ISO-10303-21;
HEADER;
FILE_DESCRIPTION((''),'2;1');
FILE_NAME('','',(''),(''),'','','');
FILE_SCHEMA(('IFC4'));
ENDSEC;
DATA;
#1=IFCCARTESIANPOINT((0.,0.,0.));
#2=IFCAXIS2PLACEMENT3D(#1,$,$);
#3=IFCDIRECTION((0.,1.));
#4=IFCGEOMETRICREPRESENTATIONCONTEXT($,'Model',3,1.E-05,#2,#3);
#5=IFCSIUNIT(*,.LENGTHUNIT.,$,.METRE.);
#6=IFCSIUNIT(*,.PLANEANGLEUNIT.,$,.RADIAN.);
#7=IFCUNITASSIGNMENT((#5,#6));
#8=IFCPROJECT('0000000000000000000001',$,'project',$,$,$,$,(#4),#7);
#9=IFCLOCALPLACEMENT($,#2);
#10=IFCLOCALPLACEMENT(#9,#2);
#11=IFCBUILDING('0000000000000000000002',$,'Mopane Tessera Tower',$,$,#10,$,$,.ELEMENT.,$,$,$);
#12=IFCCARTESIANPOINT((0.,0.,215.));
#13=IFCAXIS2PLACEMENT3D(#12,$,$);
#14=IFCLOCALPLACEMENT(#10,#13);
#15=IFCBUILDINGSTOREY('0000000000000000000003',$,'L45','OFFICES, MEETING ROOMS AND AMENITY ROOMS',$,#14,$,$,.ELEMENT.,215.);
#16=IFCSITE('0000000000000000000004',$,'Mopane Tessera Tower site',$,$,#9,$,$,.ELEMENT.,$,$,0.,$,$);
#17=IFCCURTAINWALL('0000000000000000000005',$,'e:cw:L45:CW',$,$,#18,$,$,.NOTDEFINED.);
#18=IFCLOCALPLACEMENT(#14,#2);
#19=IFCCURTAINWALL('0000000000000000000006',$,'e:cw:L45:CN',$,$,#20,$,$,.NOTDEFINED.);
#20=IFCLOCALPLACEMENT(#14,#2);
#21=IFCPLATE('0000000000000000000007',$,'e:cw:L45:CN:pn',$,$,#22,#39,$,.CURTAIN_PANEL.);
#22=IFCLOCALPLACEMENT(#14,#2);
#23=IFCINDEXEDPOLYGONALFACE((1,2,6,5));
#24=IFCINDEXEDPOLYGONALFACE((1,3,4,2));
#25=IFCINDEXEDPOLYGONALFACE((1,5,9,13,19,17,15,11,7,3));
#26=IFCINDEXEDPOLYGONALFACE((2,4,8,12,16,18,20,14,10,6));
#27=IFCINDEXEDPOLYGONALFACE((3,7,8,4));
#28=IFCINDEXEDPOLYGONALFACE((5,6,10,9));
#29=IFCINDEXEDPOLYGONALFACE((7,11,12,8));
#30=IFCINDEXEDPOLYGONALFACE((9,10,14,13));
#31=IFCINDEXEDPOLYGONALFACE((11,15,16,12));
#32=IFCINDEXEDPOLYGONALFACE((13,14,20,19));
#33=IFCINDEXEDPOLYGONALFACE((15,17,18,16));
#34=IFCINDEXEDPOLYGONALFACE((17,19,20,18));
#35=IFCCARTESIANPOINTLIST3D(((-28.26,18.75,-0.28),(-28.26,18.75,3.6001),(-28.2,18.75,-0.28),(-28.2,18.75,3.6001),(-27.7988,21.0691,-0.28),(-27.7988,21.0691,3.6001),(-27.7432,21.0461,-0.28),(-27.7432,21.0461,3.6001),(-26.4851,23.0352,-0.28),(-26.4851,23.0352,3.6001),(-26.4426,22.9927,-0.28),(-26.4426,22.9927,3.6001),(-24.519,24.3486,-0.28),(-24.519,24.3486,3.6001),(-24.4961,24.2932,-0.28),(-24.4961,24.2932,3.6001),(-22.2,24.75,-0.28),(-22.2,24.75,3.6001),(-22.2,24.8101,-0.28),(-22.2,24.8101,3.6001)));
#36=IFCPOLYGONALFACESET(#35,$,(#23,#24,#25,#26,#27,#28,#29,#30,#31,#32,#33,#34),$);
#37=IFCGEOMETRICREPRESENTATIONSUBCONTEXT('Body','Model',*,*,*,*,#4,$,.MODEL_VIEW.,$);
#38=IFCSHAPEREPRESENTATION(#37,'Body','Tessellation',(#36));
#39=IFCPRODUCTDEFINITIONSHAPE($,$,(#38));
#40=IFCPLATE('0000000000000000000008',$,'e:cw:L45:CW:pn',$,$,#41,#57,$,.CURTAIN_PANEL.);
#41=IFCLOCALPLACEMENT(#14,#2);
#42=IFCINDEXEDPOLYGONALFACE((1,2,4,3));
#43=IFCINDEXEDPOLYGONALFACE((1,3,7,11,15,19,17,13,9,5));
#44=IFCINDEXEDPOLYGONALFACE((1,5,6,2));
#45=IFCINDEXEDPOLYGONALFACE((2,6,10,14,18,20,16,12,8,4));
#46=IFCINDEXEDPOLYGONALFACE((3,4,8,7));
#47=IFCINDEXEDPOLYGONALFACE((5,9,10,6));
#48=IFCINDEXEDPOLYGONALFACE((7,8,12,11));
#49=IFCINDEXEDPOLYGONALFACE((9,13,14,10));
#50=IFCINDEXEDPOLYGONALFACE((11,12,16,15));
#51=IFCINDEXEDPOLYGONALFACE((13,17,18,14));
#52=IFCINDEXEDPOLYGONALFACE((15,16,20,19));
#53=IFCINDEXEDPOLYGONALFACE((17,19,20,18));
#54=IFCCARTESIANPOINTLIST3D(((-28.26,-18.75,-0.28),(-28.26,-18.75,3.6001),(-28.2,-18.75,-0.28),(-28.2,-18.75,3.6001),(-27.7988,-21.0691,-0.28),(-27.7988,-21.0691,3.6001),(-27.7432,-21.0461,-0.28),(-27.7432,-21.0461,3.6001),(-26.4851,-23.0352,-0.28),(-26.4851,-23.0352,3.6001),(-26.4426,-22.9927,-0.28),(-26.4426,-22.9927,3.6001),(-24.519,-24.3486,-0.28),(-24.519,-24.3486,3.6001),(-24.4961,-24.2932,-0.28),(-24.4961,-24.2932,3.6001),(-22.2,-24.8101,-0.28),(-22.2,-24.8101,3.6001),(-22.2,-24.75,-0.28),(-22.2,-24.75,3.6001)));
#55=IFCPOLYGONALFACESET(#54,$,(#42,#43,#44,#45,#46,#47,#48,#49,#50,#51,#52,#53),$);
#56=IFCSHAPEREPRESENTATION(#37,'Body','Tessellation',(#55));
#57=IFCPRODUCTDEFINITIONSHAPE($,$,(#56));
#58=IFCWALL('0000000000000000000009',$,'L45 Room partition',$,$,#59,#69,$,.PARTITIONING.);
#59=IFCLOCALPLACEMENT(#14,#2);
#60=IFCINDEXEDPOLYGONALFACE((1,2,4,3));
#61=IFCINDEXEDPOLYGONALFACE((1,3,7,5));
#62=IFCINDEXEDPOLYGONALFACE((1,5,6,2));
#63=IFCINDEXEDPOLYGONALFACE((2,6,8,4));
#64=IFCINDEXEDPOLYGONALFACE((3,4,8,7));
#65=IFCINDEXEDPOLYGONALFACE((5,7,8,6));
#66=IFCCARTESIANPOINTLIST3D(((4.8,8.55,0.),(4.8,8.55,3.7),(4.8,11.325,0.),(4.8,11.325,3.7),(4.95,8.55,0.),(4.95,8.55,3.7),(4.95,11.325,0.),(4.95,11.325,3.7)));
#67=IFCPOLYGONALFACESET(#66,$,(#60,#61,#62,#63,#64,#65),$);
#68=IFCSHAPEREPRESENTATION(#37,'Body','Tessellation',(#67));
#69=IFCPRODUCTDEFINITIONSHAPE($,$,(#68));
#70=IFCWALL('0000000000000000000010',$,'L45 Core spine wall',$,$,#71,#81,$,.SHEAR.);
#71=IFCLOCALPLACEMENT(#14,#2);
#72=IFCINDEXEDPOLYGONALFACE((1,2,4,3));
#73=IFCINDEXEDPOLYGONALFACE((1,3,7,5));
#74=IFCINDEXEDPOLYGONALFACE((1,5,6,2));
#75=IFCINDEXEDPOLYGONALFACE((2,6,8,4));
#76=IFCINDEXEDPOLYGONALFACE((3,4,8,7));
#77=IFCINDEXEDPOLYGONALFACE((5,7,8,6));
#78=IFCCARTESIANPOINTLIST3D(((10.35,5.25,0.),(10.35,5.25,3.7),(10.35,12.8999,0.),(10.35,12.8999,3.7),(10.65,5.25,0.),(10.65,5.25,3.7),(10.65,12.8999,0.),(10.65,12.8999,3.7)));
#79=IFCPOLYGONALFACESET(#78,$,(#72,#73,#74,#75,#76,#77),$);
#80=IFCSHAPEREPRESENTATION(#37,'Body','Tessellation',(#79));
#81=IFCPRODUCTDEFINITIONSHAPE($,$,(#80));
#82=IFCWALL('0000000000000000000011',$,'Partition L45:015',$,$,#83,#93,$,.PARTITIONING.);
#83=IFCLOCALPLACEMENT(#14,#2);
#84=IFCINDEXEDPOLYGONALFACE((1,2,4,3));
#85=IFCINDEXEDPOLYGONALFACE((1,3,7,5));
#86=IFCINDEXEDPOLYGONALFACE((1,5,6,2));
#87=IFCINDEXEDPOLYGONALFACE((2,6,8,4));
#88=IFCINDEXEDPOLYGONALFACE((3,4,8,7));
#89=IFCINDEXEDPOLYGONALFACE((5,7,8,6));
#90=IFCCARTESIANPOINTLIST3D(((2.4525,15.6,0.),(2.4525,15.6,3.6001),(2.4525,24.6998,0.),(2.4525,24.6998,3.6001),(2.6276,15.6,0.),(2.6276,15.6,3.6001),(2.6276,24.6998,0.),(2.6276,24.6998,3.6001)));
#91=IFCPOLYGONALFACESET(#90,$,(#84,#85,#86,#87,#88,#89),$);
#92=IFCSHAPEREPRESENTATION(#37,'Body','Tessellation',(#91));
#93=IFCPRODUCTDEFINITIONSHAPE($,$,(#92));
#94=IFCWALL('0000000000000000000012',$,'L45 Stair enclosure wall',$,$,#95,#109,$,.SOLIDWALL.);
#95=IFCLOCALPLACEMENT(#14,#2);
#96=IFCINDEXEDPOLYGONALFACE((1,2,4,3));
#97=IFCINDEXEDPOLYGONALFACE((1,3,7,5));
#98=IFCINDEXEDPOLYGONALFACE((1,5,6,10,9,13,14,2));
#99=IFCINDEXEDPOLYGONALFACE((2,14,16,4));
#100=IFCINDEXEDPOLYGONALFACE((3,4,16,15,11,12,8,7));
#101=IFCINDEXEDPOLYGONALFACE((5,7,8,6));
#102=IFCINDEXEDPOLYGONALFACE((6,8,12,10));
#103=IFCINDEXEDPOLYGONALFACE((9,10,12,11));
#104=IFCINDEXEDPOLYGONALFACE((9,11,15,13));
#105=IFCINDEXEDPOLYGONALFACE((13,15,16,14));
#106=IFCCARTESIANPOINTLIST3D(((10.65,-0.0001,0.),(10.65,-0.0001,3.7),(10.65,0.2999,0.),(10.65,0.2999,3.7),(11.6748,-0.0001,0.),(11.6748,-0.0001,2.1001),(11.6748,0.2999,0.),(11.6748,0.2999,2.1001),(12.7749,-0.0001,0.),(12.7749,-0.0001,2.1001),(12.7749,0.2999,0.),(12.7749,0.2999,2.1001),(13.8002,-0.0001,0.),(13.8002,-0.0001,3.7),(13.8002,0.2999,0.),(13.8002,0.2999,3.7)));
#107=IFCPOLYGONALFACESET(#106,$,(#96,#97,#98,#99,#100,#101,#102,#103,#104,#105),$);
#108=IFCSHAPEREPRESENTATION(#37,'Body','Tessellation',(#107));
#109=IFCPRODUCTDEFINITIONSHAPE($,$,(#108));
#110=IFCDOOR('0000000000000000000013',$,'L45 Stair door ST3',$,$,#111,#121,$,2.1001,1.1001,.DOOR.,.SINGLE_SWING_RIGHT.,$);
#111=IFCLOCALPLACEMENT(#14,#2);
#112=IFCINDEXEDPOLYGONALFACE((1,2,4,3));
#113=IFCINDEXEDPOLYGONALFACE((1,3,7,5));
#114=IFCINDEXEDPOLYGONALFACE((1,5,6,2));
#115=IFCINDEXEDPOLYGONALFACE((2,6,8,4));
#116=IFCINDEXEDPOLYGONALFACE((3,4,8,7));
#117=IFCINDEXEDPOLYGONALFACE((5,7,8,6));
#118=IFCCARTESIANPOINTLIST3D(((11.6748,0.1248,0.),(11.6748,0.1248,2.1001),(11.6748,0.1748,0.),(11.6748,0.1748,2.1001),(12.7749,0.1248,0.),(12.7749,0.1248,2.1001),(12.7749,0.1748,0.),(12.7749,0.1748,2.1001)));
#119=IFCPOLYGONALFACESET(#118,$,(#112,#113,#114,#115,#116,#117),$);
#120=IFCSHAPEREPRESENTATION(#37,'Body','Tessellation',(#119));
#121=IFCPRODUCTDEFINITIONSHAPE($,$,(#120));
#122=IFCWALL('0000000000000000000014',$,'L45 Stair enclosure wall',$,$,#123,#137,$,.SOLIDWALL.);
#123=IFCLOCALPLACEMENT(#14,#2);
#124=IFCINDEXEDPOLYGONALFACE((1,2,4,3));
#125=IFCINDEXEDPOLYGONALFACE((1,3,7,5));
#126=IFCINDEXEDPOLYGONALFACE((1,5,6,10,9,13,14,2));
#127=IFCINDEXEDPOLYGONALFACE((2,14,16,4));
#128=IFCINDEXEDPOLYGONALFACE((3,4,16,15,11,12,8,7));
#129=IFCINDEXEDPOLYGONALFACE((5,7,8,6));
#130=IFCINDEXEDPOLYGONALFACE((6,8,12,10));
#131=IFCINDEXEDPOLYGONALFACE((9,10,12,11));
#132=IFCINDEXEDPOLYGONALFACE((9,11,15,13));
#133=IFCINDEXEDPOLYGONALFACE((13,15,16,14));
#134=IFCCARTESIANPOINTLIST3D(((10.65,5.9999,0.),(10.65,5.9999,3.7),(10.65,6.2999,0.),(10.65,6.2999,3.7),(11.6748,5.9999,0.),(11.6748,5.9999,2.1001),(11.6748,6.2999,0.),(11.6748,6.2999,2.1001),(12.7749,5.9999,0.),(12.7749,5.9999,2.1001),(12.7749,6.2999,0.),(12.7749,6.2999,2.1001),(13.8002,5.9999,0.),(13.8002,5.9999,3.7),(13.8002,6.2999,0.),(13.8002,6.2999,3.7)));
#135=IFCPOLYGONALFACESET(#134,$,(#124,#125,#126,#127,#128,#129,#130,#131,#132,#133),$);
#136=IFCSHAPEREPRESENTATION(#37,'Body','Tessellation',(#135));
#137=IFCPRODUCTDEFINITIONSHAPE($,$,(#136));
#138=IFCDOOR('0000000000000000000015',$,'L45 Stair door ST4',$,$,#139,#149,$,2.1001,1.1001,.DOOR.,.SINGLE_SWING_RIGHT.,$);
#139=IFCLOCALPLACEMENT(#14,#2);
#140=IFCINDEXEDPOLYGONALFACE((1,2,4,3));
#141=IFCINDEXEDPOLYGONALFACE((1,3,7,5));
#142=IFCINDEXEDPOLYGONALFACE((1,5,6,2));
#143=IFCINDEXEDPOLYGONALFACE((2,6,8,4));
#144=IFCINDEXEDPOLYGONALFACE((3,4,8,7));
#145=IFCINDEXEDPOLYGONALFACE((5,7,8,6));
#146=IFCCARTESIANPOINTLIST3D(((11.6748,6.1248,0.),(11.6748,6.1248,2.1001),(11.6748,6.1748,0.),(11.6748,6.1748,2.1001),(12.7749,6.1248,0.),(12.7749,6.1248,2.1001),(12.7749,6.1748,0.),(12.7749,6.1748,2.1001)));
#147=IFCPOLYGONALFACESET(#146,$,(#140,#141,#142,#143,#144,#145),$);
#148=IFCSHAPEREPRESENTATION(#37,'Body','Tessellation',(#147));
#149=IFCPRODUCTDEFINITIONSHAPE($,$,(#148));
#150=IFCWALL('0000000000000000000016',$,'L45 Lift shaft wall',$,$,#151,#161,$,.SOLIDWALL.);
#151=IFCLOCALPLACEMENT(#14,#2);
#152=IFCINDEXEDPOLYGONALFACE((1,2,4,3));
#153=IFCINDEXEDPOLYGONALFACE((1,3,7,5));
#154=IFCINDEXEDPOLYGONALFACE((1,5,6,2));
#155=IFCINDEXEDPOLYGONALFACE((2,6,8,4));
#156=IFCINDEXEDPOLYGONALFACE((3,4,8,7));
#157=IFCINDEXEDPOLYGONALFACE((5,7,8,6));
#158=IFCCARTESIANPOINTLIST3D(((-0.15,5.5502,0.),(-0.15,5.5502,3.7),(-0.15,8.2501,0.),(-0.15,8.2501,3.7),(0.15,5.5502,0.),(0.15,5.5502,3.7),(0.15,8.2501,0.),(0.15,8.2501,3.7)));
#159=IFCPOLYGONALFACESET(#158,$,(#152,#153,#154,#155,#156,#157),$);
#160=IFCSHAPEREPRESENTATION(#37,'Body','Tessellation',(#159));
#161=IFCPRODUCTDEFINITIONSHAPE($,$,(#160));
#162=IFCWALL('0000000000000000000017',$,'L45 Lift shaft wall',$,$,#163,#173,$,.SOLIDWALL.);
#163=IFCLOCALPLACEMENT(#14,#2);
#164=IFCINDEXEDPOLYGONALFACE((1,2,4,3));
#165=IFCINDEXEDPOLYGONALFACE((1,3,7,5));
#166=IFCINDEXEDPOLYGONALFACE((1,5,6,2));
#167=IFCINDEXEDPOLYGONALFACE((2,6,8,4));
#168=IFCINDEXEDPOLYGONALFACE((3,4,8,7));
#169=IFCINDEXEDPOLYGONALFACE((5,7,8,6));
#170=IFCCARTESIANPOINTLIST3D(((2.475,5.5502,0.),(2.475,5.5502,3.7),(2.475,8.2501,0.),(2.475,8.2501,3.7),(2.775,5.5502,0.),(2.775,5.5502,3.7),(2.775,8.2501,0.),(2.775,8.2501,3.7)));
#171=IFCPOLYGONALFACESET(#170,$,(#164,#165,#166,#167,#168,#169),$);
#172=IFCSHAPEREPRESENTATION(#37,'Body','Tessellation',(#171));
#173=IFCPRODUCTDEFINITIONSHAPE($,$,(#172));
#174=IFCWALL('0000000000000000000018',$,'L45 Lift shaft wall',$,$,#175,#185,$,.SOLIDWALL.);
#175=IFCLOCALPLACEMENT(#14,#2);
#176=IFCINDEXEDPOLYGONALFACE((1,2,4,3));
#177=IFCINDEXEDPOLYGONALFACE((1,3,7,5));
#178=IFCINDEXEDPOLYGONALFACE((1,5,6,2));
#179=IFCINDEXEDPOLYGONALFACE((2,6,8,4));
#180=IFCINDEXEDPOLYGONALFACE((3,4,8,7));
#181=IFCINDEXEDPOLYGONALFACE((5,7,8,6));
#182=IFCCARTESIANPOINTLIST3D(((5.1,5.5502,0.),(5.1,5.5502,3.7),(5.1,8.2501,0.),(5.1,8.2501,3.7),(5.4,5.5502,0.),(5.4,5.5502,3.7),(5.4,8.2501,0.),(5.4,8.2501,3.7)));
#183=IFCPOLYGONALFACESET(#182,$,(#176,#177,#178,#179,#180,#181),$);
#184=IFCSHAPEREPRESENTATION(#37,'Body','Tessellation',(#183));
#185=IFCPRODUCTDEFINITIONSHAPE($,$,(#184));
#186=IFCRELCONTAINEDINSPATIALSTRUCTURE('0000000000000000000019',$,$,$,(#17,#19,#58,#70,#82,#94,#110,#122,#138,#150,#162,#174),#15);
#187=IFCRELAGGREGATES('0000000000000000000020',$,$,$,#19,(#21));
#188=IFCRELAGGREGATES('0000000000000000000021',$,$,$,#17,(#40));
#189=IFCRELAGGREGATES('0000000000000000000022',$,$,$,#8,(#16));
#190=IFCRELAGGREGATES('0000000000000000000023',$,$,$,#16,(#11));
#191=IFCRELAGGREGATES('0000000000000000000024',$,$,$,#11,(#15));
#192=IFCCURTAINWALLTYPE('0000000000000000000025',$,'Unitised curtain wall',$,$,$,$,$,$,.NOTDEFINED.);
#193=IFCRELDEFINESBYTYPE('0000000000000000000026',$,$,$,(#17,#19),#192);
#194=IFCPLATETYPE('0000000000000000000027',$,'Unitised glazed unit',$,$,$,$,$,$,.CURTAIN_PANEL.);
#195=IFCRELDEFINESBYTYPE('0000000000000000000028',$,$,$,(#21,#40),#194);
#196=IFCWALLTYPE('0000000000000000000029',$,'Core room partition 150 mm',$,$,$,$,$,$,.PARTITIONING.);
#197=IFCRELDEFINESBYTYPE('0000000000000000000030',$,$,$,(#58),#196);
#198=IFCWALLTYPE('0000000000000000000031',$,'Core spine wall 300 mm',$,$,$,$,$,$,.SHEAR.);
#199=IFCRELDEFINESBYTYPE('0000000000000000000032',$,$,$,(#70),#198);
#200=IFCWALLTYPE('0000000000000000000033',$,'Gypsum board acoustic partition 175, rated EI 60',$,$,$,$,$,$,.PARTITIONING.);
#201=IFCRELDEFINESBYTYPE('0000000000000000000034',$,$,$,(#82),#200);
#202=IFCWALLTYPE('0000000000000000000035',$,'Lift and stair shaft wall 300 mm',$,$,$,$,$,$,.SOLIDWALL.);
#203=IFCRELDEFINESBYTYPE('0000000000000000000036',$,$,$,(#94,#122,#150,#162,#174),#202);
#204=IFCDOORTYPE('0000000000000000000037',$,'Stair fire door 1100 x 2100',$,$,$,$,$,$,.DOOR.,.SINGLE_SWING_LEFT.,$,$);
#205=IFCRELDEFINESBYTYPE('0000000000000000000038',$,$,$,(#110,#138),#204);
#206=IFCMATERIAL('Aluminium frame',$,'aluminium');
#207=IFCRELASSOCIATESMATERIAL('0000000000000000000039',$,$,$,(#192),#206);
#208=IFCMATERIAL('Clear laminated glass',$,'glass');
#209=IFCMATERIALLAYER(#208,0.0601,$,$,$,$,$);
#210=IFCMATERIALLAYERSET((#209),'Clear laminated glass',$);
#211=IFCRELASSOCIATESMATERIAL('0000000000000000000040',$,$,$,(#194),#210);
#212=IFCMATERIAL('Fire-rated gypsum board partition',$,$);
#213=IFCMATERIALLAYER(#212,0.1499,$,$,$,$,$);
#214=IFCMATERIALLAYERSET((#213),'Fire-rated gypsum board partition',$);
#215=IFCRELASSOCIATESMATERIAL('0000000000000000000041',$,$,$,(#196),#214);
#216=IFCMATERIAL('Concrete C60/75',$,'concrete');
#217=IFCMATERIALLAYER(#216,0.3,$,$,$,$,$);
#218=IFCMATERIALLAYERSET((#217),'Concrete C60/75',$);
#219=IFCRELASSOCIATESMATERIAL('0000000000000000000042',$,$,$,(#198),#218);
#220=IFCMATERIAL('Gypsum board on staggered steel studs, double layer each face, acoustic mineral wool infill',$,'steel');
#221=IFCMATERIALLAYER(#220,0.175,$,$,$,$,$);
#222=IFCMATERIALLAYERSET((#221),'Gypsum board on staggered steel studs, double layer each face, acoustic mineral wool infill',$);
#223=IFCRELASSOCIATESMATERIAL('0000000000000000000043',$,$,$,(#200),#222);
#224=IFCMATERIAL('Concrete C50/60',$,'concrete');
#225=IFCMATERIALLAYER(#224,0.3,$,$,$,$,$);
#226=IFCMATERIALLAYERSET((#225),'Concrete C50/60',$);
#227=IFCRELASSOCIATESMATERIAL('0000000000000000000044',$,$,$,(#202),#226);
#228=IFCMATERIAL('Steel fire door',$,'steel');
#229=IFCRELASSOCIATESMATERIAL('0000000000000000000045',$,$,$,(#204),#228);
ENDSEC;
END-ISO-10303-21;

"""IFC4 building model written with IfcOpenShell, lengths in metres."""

from ifc_helpers import new_model, si_unit, direction, frame, frame_2d, origin, place, context, subcontext, project, spatial, polyline, rectangle, outline, extrude, material, layer, layer_set, type_object, element, fill, aggregate, save


model = new_model("IFC4")

# Units and contexts
model_context = context("Model", 3, precision=1e-05, world=origin(), true_north=direction((0.0, 1.0)))
body_context = subcontext(model_context, "Body", "Model", "MODEL_VIEW")
ifc_project = project(units=[si_unit("LENGTHUNIT", "METRE"), si_unit("PLANEANGLEUNIT", "RADIAN")], contexts=[model_context])

# Site, building, storey
site_placement = place(None, origin())
site = spatial("IfcSite", under=ifc_project, at=site_placement, Name="Mopane Tessera Tower site", CompositionType="ELEMENT", RefElevation=0.0)
building_placement = place(site_placement, origin())
building = spatial("IfcBuilding", under=site, at=building_placement, Name="Mopane Tessera Tower", CompositionType="ELEMENT")
storey_placement = place(building_placement, frame((0.0, 0.0, 215.0)))
storey = spatial("IfcBuildingStorey", under=building, at=storey_placement, Name="L45", Description="OFFICES, MEETING ROOMS AND AMENITY ROOMS", CompositionType="ELEMENT", Elevation=215.0)

# Shared definitions
ifc_material_1 = material(Name="Aluminium frame", Category="aluminium")
curtain_wall_type = type_object("IfcCurtainWallType", Name="Unitised curtain wall", PredefinedType="NOTDEFINED", material=ifc_material_1)

# Curtain wall
curtain_wall_1_placement = place(storey_placement, origin())
curtain_wall_1 = element("IfcCurtainWall", 1, at=curtain_wall_1_placement, inside=storey, type_object=curtain_wall_type, Name="e:cw:L45:CW", PredefinedType="NOTDEFINED")

# Shared definitions
ifc_material_2 = material(Name="Clear laminated glass", Category="glass")
ifc_layer_1 = layer(ifc_material_2, 0.0601)
ifc_layer_set_1 = layer_set([ifc_layer_1], Name="Clear laminated glass")
plate_type = type_object("IfcPlateType", Name="Unitised glazed unit", PredefinedType="CURTAIN_PANEL", material=ifc_layer_set_1)

# Curtain wall, plate
curtain_wall_2_placement = place(storey_placement, origin())
curtain_wall_2 = element("IfcCurtainWall", 2, at=curtain_wall_2_placement, inside=storey, type_object=curtain_wall_type, Name="e:cw:L45:CN", PredefinedType="NOTDEFINED")
plate_1_placement = place(storey_placement, frame((0.0, 0.0, -0.28)))
plate_1 = element("IfcPlate", 3, at=plate_1_placement, type_object=plate_type, Name="e:cw:L45:CN:pn", PredefinedType="CURTAIN_PANEL", context=body_context, shape_type="SweptSolid", body=[
    extrude(outline(polyline([(-22.2, 24.75), (-24.4961, 24.2932), (-26.4426, 22.9927), (-27.7432, 21.0461), (-28.2, 18.75), (-28.26, 18.75), (-27.7988, 21.0691), (-26.4851, 23.0352), (-24.519, 24.3486), (-22.2, 24.8101), (-22.2, 24.75)])), origin(), (0.0, 0.0, 1.0), 3.8801),
])
aggregate(curtain_wall_2, [plate_1])

# Plate
plate_2_placement = place(storey_placement, frame((0.0, 0.0, -0.28)))
plate_2 = element("IfcPlate", 4, at=plate_2_placement, type_object=plate_type, Name="e:cw:L45:CW:pn", PredefinedType="CURTAIN_PANEL", context=body_context, shape_type="SweptSolid", body=[
    extrude(outline(polyline([(-28.2, -18.75), (-27.7432, -21.0461), (-26.4426, -22.9927), (-24.4961, -24.2932), (-22.2, -24.75), (-22.2, -24.8101), (-24.519, -24.3486), (-26.4851, -23.0352), (-27.7988, -21.0691), (-28.26, -18.75), (-28.2, -18.75)])), origin(), (0.0, 0.0, 1.0), 3.8801),
])
aggregate(curtain_wall_1, [plate_2])

# Walls
ifc_material_3 = material(Name="Fire-rated gypsum board partition")
ifc_layer_2 = layer(ifc_material_3, 0.1499)
ifc_layer_set_2 = layer_set([ifc_layer_2], Name="Fire-rated gypsum board partition")
wall_type_1 = type_object("IfcWallType", Name="Core room partition 150 mm", PredefinedType="PARTITIONING", material=ifc_layer_set_2)
wall_1_placement = place(storey_placement, frame((4.875, 8.55, 0.0), z_axis=(0.0, 0.0, 1.0), x_axis=(0.0, 1.0, 0.0)))
element("IfcWall", 5, at=wall_1_placement, inside=storey, type_object=wall_type_1, Name="L45 Room partition", PredefinedType="PARTITIONING", context=body_context, shape_type="SweptSolid", body=[
    extrude(rectangle(XDim=2.7749, YDim=0.1499, at=frame_2d((1.3875, 0.0))), origin(), (0.0, 0.0, 1.0), 3.7),
])
ifc_material_4 = material(Name="Concrete C60/75", Category="concrete")
ifc_layer_3 = layer(ifc_material_4, 0.3)
ifc_layer_set_3 = layer_set([ifc_layer_3], Name="Concrete C60/75")
wall_type_2 = type_object("IfcWallType", Name="Core spine wall 300 mm", PredefinedType="SHEAR", material=ifc_layer_set_3)
wall_2_placement = place(storey_placement, frame((10.5, 5.25, 0.0), z_axis=(0.0, 0.0, 1.0), x_axis=(0.0, 1.0, 0.0)))
element("IfcWall", 6, at=wall_2_placement, inside=storey, type_object=wall_type_2, Name="L45 Core spine wall", PredefinedType="SHEAR", context=body_context, shape_type="SweptSolid", body=[
    extrude(rectangle(XDim=7.6499, YDim=0.3, at=frame_2d((3.825, 0.0))), origin(), (0.0, 0.0, 1.0), 3.7),
])
ifc_material_5 = material(Name="Gypsum board on staggered steel studs, double layer each face, acoustic mineral wool infill", Category="steel")
ifc_layer_4 = layer(ifc_material_5, 0.175)
ifc_layer_set_4 = layer_set([ifc_layer_4], Name="Gypsum board on staggered steel studs, double layer each face, acoustic mineral wool infill")
wall_type_3 = type_object("IfcWallType", Name="Gypsum board acoustic partition 175, rated EI 60", PredefinedType="PARTITIONING", material=ifc_layer_set_4)
wall_3_placement = place(storey_placement, frame((2.54, 15.6001, 0.0), z_axis=(0.0, 0.0, 1.0), x_axis=(0.0, 1.0, 0.0)))
element("IfcWall", 7, at=wall_3_placement, inside=storey, type_object=wall_type_3, Name="Partition L45:015", PredefinedType="PARTITIONING", context=body_context, shape_type="SweptSolid", body=[
    extrude(rectangle(XDim=9.0999, YDim=0.175, at=frame_2d((4.5498, 0.0))), origin(), (0.0, 0.0, 1.0), 3.6001),
])

# Walls, openings, doors
ifc_material_6 = material(Name="Concrete C50/60", Category="concrete")
ifc_layer_5 = layer(ifc_material_6, 0.3)
ifc_layer_set_5 = layer_set([ifc_layer_5], Name="Concrete C50/60")
wall_type_4 = type_object("IfcWallType", Name="Lift and stair shaft wall 300 mm", PredefinedType="SOLIDWALL", material=ifc_layer_set_5)
wall_4_placement = place(storey_placement, frame((10.6499, 0.1499, 0.0), z_axis=(0.0, 0.0, 1.0), x_axis=(1.0, 0.0, 0.0)))
wall_4 = element("IfcWall", 8, at=wall_4_placement, inside=storey, type_object=wall_type_4, Name="L45 Stair enclosure wall", PredefinedType="SOLIDWALL", context=body_context, shape_type="SweptSolid", body=[
    extrude(rectangle(XDim=3.1501, YDim=0.3, at=frame_2d((1.5752, 0.0))), origin(), (0.0, 0.0, 1.0), 3.7),
])
opening_1_placement = place(wall_4_placement, frame((1.0249, 0.0, 0.0)))
opening_1 = element("IfcOpeningElement", 9, at=opening_1_placement, cuts=wall_4, PredefinedType="OPENING", context=body_context, shape_type="SweptSolid", body=[
    extrude(rectangle(XDim=1.1001, YDim=2.1001, at=frame_2d((0.55, 1.05))), frame((0.0, 0.1621, 0.0), z_axis=(0.0, -1.0, 0.0), x_axis=(1.0, 0.0, 0.0)), (0.0, 0.0, 1.0), 0.324),
])
ifc_material_7 = material(Name="Steel fire door", Category="steel")
door_type = type_object("IfcDoorType", Name="Stair fire door 1100 x 2100", OperationType="SINGLE_SWING_LEFT", PredefinedType="DOOR", material=ifc_material_7)
door_1_placement = place(opening_1_placement, origin())
door_1 = element("IfcDoor", 10, at=door_1_placement, inside=storey, type_object=door_type, Name="L45 Stair door ST3", OperationType="SINGLE_SWING_RIGHT", OverallHeight=2.1001, OverallWidth=1.1001, PredefinedType="DOOR", context=body_context, shape_type="SweptSolid", body=[
    extrude(rectangle(XDim=1.1001, YDim=2.1001, at=frame_2d((0.55, 1.05))), frame((0.0, 0.0249, 0.0), z_axis=(0.0, -1.0, 0.0), x_axis=(1.0, 0.0, 0.0)), (0.0, 0.0, 1.0), 0.05),
])
fill(opening_1, door_1)
wall_5_placement = place(storey_placement, frame((10.6499, 6.1499, 0.0), z_axis=(0.0, 0.0, 1.0), x_axis=(1.0, 0.0, 0.0)))
wall_5 = element("IfcWall", 11, at=wall_5_placement, inside=storey, type_object=wall_type_4, Name="L45 Stair enclosure wall", PredefinedType="SOLIDWALL", context=body_context, shape_type="SweptSolid", body=[
    extrude(rectangle(XDim=3.1501, YDim=0.3, at=frame_2d((1.5752, 0.0))), origin(), (0.0, 0.0, 1.0), 3.7),
])
opening_2_placement = place(wall_5_placement, frame((1.0249, 0.0, 0.0)))
opening_2 = element("IfcOpeningElement", 12, at=opening_2_placement, cuts=wall_5, PredefinedType="OPENING", context=body_context, shape_type="SweptSolid", body=[
    extrude(rectangle(XDim=1.1001, YDim=2.1001, at=frame_2d((0.55, 1.05))), frame((0.0, 0.1621, 0.0), z_axis=(0.0, -1.0, 0.0), x_axis=(1.0, 0.0, 0.0)), (0.0, 0.0, 1.0), 0.324),
])
door_2_placement = place(opening_2_placement, origin())
door_2 = element("IfcDoor", 13, at=door_2_placement, inside=storey, type_object=door_type, Name="L45 Stair door ST4", OperationType="SINGLE_SWING_RIGHT", OverallHeight=2.1001, OverallWidth=1.1001, PredefinedType="DOOR", context=body_context, shape_type="SweptSolid", body=[
    extrude(rectangle(XDim=1.1001, YDim=2.1001, at=frame_2d((0.55, 1.05))), frame((0.0, 0.0249, 0.0), z_axis=(0.0, -1.0, 0.0), x_axis=(1.0, 0.0, 0.0)), (0.0, 0.0, 1.0), 0.05),
])
fill(opening_2, door_2)

# Walls
for number, where, z_axis, x_axis, name in (
    (14, (0.0, 5.55, 0.0), (0.0, 0.0, 1.0), (0.0, 1.0, 0.0), "L45 Lift shaft wall"),
    (15, (2.625, 5.55, 0.0), (0.0, 0.0, 1.0), (0.0, 1.0, 0.0), "L45 Lift shaft wall"),
    (16, (5.25, 5.55, 0.0), (0.0, 0.0, 1.0), (0.0, 1.0, 0.0), "L45 Lift shaft wall"),
):
    element("IfcWall", number, at=place(storey_placement, frame(where, z_axis=z_axis, x_axis=x_axis)), inside=storey, type_object=wall_type_4, Name=name, PredefinedType="SOLIDWALL", context=body_context, shape_type="SweptSolid", body=[
        extrude(rectangle(XDim=2.7, YDim=0.3, at=frame_2d((1.3501, 0.0))), origin(), (0.0, 0.0, 1.0), 3.7),
    ])

save(model, "model.ifc")
